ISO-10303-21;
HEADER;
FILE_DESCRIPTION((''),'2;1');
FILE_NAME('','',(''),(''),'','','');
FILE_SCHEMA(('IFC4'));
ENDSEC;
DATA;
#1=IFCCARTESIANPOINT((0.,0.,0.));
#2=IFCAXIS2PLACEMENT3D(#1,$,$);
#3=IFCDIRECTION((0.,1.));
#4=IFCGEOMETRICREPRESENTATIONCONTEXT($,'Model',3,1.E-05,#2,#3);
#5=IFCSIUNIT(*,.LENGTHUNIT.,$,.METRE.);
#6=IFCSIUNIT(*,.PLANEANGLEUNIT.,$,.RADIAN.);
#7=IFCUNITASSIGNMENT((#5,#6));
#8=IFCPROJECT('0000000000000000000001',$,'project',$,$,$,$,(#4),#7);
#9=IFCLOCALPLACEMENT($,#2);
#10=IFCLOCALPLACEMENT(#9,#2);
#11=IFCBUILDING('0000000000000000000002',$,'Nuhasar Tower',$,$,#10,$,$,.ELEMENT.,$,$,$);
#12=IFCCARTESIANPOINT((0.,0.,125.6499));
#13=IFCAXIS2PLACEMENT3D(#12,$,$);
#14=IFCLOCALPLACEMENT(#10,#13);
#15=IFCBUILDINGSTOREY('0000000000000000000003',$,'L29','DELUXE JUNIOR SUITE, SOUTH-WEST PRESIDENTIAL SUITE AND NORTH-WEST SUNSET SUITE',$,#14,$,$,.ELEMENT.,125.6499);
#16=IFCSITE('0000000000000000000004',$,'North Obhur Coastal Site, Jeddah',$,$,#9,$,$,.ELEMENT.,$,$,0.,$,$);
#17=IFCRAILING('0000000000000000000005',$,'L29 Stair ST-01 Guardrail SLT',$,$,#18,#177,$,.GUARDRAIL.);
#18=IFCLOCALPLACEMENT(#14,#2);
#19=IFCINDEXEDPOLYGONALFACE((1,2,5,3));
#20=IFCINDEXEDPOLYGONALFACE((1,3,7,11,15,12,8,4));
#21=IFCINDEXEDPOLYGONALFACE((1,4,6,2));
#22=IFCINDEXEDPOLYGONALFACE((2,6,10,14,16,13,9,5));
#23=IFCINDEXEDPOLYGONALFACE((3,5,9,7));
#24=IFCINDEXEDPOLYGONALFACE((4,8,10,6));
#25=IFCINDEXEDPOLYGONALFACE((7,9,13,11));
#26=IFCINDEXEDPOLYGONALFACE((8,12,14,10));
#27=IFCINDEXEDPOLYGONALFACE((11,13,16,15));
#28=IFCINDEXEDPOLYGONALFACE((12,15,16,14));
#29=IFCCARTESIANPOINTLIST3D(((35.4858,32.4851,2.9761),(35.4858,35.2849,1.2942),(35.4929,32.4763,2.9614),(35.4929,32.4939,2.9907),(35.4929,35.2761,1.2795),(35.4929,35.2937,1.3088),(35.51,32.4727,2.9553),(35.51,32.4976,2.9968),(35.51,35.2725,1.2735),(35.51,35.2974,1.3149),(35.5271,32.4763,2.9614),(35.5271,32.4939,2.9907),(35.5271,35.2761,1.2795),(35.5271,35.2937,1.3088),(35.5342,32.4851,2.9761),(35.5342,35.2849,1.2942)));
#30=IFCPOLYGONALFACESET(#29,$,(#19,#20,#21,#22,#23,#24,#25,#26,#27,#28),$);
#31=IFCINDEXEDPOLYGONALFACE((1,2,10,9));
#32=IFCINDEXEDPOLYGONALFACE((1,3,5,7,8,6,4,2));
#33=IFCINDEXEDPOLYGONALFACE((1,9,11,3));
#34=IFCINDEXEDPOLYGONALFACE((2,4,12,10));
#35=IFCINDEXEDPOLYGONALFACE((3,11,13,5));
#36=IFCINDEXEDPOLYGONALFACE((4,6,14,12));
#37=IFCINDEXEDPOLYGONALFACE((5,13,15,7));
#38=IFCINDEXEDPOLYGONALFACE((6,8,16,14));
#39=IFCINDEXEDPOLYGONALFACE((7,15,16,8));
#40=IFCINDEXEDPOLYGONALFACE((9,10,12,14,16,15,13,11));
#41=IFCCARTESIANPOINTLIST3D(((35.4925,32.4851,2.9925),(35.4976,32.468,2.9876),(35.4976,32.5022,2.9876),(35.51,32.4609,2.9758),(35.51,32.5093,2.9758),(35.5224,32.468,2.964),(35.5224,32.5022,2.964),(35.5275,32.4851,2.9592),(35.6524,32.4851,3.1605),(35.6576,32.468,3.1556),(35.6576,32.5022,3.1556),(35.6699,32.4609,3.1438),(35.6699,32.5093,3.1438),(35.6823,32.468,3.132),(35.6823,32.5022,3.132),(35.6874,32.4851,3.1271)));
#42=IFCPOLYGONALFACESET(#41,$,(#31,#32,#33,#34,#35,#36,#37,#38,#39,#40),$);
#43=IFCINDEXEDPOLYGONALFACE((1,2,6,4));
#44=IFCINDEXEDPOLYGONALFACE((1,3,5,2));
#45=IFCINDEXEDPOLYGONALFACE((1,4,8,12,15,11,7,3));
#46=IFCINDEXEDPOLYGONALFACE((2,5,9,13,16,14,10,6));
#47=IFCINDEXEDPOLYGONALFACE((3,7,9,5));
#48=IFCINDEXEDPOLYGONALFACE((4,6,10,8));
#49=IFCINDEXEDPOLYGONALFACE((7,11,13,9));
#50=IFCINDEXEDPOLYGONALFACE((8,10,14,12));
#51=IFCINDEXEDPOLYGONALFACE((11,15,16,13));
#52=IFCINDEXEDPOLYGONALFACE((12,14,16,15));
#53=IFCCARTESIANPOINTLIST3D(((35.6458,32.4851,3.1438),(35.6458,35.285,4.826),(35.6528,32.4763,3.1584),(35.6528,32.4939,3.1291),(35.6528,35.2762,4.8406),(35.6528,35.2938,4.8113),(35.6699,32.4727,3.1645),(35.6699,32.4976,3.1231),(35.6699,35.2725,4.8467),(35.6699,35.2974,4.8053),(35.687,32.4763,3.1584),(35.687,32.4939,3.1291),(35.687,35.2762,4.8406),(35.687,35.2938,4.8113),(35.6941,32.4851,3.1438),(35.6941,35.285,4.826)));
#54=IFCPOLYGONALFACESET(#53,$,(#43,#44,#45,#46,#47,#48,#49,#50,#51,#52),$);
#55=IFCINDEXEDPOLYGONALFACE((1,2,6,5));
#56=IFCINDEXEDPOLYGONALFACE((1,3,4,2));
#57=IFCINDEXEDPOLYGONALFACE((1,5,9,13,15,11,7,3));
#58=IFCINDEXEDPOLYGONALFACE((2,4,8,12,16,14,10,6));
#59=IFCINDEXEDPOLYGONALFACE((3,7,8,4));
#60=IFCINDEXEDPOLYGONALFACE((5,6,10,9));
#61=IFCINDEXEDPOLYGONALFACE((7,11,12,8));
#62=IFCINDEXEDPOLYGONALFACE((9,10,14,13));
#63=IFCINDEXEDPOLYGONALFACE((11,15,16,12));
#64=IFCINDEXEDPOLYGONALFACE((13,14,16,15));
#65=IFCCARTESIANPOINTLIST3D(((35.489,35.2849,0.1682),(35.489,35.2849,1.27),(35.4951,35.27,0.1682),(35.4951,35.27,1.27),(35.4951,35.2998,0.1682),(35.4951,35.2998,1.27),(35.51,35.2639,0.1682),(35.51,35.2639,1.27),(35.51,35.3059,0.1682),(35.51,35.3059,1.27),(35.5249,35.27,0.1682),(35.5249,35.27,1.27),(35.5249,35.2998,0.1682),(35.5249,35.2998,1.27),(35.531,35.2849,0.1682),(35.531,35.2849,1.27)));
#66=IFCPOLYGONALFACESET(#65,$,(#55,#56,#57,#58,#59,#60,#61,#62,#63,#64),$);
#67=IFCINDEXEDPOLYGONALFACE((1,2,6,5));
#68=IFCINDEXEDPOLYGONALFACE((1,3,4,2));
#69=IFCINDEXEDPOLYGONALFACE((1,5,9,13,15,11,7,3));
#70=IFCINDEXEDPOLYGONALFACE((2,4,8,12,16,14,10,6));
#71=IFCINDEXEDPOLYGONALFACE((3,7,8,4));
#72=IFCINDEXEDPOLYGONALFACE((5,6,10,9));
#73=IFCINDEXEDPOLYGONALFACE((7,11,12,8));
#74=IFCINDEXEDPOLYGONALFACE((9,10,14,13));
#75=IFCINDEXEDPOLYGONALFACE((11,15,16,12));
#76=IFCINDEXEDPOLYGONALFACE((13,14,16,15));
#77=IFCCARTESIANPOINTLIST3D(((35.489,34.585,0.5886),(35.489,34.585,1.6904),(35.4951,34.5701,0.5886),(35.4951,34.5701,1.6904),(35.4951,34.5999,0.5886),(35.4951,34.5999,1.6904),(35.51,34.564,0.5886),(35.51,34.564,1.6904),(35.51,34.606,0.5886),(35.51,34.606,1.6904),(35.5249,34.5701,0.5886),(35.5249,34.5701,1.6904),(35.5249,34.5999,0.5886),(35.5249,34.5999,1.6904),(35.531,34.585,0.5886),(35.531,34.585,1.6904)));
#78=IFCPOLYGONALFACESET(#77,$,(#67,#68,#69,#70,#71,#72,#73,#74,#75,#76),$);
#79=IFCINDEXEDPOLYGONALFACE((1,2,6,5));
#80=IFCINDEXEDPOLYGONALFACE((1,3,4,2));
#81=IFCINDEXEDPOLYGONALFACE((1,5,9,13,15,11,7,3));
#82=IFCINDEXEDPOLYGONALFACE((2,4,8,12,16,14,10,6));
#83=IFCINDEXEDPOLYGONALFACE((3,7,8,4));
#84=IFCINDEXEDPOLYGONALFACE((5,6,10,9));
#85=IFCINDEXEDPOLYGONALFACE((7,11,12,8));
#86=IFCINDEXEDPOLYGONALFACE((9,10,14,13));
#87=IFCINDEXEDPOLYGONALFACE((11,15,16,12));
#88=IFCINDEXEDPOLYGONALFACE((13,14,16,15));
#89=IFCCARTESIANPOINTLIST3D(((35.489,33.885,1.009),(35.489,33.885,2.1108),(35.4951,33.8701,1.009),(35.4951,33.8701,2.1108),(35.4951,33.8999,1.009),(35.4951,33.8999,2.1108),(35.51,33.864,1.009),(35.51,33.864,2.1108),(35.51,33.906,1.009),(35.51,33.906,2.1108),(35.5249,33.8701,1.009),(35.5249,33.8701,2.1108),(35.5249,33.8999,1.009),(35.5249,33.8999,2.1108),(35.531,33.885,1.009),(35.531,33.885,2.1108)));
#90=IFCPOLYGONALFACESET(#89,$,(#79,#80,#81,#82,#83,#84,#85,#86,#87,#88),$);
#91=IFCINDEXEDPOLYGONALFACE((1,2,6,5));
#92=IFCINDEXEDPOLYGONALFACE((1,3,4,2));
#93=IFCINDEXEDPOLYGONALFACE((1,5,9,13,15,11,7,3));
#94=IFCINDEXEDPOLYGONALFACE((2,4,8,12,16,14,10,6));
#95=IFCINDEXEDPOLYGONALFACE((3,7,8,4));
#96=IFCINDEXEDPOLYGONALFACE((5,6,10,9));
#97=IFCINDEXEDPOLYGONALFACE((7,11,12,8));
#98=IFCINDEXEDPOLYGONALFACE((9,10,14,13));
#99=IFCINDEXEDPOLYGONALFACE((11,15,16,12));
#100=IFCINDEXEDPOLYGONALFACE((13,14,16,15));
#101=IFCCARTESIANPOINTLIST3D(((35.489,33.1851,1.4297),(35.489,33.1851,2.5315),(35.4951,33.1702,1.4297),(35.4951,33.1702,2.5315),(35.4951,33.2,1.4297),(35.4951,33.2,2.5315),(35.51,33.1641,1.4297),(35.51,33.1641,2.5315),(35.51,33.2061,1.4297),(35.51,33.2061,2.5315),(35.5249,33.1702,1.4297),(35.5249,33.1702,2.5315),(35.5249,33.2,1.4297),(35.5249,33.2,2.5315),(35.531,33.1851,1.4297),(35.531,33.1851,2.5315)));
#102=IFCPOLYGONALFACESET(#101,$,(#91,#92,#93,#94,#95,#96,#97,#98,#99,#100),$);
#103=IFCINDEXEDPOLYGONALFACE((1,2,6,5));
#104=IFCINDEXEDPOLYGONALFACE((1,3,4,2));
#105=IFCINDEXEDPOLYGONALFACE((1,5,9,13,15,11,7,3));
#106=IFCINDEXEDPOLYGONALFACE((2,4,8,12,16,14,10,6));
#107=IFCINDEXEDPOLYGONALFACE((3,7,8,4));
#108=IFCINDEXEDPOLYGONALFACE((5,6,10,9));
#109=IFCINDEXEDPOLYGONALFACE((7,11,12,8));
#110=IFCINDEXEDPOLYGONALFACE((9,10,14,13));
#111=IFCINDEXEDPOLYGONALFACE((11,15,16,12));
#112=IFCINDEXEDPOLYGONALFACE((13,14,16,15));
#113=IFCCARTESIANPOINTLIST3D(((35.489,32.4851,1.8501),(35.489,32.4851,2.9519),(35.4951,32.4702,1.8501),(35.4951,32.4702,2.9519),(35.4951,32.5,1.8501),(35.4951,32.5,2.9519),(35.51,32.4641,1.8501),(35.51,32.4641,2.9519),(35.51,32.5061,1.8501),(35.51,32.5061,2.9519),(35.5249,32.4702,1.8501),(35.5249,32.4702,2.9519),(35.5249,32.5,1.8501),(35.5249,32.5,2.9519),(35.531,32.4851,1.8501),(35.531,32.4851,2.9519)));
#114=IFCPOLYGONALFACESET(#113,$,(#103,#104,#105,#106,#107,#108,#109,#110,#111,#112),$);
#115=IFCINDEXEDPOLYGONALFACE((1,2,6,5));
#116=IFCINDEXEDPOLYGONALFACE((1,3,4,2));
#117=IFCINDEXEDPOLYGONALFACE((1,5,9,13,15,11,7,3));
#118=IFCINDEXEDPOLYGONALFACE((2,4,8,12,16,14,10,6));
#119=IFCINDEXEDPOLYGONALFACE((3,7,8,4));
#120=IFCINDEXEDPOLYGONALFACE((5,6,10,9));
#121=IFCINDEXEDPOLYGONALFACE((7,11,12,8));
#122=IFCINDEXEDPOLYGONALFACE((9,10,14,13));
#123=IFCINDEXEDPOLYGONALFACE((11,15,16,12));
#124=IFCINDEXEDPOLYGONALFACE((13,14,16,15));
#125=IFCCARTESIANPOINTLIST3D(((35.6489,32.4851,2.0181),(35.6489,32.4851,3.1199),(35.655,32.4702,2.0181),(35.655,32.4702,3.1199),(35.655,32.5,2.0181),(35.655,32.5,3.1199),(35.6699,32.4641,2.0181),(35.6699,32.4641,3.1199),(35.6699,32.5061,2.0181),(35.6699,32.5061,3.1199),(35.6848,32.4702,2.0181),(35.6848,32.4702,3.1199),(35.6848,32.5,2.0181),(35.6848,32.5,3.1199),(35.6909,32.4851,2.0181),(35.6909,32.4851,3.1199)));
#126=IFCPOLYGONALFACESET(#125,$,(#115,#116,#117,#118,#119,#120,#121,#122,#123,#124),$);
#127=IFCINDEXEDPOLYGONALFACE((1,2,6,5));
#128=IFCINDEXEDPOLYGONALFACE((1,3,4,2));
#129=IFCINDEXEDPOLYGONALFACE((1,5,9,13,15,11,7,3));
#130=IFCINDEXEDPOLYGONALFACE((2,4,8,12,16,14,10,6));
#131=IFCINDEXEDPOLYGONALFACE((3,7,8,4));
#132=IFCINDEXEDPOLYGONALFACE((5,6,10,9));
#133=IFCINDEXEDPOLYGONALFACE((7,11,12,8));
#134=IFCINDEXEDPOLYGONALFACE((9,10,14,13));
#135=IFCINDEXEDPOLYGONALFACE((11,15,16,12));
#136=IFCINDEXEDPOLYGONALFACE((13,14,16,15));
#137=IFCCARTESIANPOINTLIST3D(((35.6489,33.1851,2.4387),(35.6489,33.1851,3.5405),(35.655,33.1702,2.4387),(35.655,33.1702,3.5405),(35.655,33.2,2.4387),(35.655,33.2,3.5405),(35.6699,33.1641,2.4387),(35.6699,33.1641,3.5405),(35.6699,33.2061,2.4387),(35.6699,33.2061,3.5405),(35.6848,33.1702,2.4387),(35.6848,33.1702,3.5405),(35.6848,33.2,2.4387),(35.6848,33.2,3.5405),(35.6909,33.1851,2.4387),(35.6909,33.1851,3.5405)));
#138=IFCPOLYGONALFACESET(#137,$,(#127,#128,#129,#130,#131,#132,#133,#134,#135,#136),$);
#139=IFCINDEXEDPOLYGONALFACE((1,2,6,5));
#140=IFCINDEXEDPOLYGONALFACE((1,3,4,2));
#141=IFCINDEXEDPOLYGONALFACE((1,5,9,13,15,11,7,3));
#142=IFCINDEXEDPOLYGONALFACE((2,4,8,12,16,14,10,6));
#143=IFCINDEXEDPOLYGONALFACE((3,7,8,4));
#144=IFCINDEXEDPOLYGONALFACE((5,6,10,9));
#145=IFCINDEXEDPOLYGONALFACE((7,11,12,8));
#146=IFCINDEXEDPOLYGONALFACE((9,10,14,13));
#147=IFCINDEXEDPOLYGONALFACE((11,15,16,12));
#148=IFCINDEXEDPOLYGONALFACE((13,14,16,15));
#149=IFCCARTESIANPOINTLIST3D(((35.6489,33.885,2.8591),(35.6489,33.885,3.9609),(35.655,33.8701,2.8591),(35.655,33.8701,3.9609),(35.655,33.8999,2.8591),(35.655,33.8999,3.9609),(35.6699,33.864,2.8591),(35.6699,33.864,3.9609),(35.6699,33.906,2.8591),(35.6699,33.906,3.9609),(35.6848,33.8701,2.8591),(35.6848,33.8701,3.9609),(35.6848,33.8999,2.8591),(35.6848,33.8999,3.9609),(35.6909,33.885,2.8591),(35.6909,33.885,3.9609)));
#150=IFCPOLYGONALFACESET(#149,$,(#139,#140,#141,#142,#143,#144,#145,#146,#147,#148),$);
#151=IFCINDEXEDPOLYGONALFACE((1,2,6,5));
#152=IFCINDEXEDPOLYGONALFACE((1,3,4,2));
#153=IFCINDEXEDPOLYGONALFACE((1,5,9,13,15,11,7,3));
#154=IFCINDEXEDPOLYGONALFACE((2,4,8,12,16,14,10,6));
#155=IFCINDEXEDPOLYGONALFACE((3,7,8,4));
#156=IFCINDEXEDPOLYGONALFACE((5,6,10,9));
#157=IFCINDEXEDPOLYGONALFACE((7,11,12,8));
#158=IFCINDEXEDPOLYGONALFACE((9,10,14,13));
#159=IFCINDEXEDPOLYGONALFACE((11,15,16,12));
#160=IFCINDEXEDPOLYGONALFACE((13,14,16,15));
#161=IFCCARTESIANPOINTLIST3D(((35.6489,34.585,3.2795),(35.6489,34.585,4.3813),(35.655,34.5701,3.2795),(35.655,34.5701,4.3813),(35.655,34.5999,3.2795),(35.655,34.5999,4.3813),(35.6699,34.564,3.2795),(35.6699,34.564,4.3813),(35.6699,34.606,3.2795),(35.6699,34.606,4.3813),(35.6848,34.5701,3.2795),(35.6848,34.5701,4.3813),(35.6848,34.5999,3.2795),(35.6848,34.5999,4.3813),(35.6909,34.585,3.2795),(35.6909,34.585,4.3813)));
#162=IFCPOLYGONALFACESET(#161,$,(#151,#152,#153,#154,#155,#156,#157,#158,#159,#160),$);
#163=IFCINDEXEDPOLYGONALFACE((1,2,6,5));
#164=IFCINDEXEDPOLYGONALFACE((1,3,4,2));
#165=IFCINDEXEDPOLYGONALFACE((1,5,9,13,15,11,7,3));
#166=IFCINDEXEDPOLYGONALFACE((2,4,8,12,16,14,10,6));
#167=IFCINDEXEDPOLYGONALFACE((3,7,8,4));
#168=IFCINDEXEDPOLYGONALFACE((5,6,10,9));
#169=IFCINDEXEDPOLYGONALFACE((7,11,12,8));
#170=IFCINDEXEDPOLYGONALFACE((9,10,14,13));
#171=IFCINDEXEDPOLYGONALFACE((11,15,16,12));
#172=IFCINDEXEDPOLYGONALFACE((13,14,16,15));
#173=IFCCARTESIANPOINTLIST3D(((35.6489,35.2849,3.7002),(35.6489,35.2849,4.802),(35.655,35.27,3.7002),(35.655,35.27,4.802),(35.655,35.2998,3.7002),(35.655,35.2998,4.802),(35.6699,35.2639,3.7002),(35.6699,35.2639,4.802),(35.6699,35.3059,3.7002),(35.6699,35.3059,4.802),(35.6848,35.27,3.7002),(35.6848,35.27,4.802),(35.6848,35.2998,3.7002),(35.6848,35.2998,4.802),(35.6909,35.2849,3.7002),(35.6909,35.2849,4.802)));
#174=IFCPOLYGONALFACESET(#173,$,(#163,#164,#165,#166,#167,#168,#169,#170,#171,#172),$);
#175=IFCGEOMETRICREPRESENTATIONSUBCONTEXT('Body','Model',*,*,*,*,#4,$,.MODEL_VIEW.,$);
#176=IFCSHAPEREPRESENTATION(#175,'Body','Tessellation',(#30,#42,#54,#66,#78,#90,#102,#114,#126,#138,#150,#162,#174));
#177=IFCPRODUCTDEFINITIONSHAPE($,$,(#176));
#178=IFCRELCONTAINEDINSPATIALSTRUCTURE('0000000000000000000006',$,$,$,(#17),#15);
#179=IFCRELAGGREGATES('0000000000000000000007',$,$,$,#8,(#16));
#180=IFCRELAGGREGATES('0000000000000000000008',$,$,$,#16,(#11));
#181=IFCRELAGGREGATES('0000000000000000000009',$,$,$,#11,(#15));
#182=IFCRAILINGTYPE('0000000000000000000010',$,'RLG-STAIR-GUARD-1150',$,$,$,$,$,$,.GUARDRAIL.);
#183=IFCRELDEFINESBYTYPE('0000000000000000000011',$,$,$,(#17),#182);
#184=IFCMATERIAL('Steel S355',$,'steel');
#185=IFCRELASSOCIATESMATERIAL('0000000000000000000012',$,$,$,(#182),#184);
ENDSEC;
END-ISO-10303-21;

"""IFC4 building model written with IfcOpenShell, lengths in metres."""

from ifc_helpers import new_model, si_unit, direction, frame, origin, place, context, subcontext, project, spatial, polyline, outline, extrude, material, type_object, element, save


model = new_model("IFC4")

# Units and contexts
model_context = context("Model", 3, precision=1e-05, world=origin(), true_north=direction((0.0, 1.0)))
body_context = subcontext(model_context, "Body", "Model", "MODEL_VIEW")
ifc_project = project(units=[si_unit("LENGTHUNIT", "METRE"), si_unit("PLANEANGLEUNIT", "RADIAN")], contexts=[model_context])

# Site, building, storey
site_placement = place(None, origin())
site = spatial("IfcSite", under=ifc_project, at=site_placement, Name="North Obhur Coastal Site, Jeddah", CompositionType="ELEMENT", RefElevation=0.0)
building_placement = place(site_placement, origin())
building = spatial("IfcBuilding", under=site, at=building_placement, Name="Nuhasar Tower", CompositionType="ELEMENT")
storey_placement = place(building_placement, frame((0.0, 0.0, 125.6499)))
storey = spatial("IfcBuildingStorey", under=building, at=storey_placement, Name="L29", Description="DELUXE JUNIOR SUITE, SOUTH-WEST PRESIDENTIAL SUITE AND NORTH-WEST SUNSET SUITE", CompositionType="ELEMENT", Elevation=125.6499)

# Shared definitions
ifc_material_1 = material(Name="Steel S355", Category="steel")

# Railing
railing_type_1 = type_object("IfcRailingType", Name="RLG-STAIR-GUARD-1150", PredefinedType="GUARDRAIL", material=ifc_material_1)
railing_1_placement = place(storey_placement, frame((35.51, 35.2849, 0.1682)))
element("IfcRailing", 1, at=railing_1_placement, inside=storey, type_object=railing_type_1, Name="L29 Stair ST-01 Guardrail SLT", PredefinedType="GUARDRAIL", context=body_context, shape_type="SweptSolid", body=[
    extrude(outline(polyline([(0.0242, 0.0), (0.0171, 0.0171), (0.0, 0.0242), (-0.0171, 0.0171), (-0.0242, 0.0), (-0.0171, -0.0171), (0.0, -0.0242), (0.0171, -0.0171), (0.0242, 0.0)])), frame((0.0, 0.0, 1.126), z_axis=(0.0, -0.857222, 0.514946), x_axis=(1.0, 0.0, 0.0)), (0.0, 0.0, 1.0), 3.2661),
    extrude(outline(polyline([(0.0242, 0.0), (0.0171, 0.0171), (0.0, 0.0242), (-0.0171, 0.0171), (-0.0242, 0.0), (-0.0171, -0.0171), (0.0, -0.0242), (0.0171, -0.0171), (0.0242, 0.0)])), frame((0.0, -2.7998, 2.8076), z_axis=(0.689524, 0.0, 0.724263), x_axis=(0.0, 1.0, 0.0)), (0.0, 0.0, 1.0), 0.2319),
    extrude(outline(polyline([(0.0242, 0.0), (0.0171, 0.0171), (0.0, 0.0242), (-0.0171, 0.0171), (-0.0242, 0.0), (-0.0171, -0.0171), (0.0, -0.0242), (0.0171, -0.0171), (0.0242, 0.0)])), frame((0.1599, -2.7998, 2.9756), z_axis=(0.0, 0.857189, 0.515001), x_axis=(-1.0, 0.0, 0.0)), (0.0, 0.0, 1.0), 3.2664),
    extrude(outline(polyline([(0.021, 0.0), (0.0149, 0.0149), (0.0, 0.021), (-0.0149, 0.0149), (-0.021, 0.0), (-0.0149, -0.0149), (0.0, -0.021), (0.0149, -0.0149), (0.021, 0.0)])), origin(), (0.0, 0.0, 1.0), 1.1018),
    extrude(outline(polyline([(0.021, 0.0), (0.0149, 0.0149), (0.0, 0.021), (-0.0149, 0.0149), (-0.021, 0.0), (-0.0149, -0.0149), (0.0, -0.021), (0.0149, -0.0149), (0.021, 0.0)])), frame((0.0, -0.7, 0.4204)), (0.0, 0.0, 1.0), 1.1018),
    extrude(outline(polyline([(0.021, 0.0), (0.0149, 0.0149), (0.0, 0.021), (-0.0149, 0.0149), (-0.021, 0.0), (-0.0149, -0.0149), (0.0, -0.021), (0.0149, -0.0149), (0.021, 0.0)])), frame((0.0, -1.3999, 0.8408)), (0.0, 0.0, 1.0), 1.1018),
    extrude(outline(polyline([(0.021, 0.0), (0.0149, 0.0149), (0.0, 0.021), (-0.0149, 0.0149), (-0.021, 0.0), (-0.0149, -0.0149), (0.0, -0.021), (0.0149, -0.0149), (0.021, 0.0)])), frame((0.0, -2.0999, 1.2615)), (0.0, 0.0, 1.0), 1.1018),
    extrude(outline(polyline([(0.021, 0.0), (0.0149, 0.0149), (0.0, 0.021), (-0.0149, 0.0149), (-0.021, 0.0), (-0.0149, -0.0149), (0.0, -0.021), (0.0149, -0.0149), (0.021, 0.0)])), frame((0.0, -2.7998, 1.6819)), (0.0, 0.0, 1.0), 1.1018),
    extrude(outline(polyline([(0.021, 0.0), (0.0149, 0.0149), (0.0, 0.021), (-0.0149, 0.0149), (-0.021, 0.0), (-0.0149, -0.0149), (0.0, -0.021), (0.0149, -0.0149), (0.021, 0.0)])), frame((0.1599, -2.7998, 1.8499)), (0.0, 0.0, 1.0), 1.1018),
    extrude(outline(polyline([(0.021, 0.0), (0.0149, 0.0149), (0.0, 0.021), (-0.0149, 0.0149), (-0.021, 0.0), (-0.0149, -0.0149), (0.0, -0.021), (0.0149, -0.0149), (0.021, 0.0)])), frame((0.1599, -2.0999, 2.2705)), (0.0, 0.0, 1.0), 1.1018),
    extrude(outline(polyline([(0.021, 0.0), (0.0149, 0.0149), (0.0, 0.021), (-0.0149, 0.0149), (-0.021, 0.0), (-0.0149, -0.0149), (0.0, -0.021), (0.0149, -0.0149), (0.021, 0.0)])), frame((0.1599, -1.3999, 2.6909)), (0.0, 0.0, 1.0), 1.1018),
    extrude(outline(polyline([(0.021, 0.0), (0.0149, 0.0149), (0.0, 0.021), (-0.0149, 0.0149), (-0.021, 0.0), (-0.0149, -0.0149), (0.0, -0.021), (0.0149, -0.0149), (0.021, 0.0)])), frame((0.1599, -0.7, 3.1113)), (0.0, 0.0, 1.0), 1.1018),
    extrude(outline(polyline([(0.021, 0.0), (0.0149, 0.0149), (0.0, 0.021), (-0.0149, 0.0149), (-0.021, 0.0), (-0.0149, -0.0149), (0.0, -0.021), (0.0149, -0.0149), (0.021, 0.0)])), frame((0.1599, 0.0, 3.532)), (0.0, 0.0, 1.0), 1.1018),
])

save(model, "model.ifc")
